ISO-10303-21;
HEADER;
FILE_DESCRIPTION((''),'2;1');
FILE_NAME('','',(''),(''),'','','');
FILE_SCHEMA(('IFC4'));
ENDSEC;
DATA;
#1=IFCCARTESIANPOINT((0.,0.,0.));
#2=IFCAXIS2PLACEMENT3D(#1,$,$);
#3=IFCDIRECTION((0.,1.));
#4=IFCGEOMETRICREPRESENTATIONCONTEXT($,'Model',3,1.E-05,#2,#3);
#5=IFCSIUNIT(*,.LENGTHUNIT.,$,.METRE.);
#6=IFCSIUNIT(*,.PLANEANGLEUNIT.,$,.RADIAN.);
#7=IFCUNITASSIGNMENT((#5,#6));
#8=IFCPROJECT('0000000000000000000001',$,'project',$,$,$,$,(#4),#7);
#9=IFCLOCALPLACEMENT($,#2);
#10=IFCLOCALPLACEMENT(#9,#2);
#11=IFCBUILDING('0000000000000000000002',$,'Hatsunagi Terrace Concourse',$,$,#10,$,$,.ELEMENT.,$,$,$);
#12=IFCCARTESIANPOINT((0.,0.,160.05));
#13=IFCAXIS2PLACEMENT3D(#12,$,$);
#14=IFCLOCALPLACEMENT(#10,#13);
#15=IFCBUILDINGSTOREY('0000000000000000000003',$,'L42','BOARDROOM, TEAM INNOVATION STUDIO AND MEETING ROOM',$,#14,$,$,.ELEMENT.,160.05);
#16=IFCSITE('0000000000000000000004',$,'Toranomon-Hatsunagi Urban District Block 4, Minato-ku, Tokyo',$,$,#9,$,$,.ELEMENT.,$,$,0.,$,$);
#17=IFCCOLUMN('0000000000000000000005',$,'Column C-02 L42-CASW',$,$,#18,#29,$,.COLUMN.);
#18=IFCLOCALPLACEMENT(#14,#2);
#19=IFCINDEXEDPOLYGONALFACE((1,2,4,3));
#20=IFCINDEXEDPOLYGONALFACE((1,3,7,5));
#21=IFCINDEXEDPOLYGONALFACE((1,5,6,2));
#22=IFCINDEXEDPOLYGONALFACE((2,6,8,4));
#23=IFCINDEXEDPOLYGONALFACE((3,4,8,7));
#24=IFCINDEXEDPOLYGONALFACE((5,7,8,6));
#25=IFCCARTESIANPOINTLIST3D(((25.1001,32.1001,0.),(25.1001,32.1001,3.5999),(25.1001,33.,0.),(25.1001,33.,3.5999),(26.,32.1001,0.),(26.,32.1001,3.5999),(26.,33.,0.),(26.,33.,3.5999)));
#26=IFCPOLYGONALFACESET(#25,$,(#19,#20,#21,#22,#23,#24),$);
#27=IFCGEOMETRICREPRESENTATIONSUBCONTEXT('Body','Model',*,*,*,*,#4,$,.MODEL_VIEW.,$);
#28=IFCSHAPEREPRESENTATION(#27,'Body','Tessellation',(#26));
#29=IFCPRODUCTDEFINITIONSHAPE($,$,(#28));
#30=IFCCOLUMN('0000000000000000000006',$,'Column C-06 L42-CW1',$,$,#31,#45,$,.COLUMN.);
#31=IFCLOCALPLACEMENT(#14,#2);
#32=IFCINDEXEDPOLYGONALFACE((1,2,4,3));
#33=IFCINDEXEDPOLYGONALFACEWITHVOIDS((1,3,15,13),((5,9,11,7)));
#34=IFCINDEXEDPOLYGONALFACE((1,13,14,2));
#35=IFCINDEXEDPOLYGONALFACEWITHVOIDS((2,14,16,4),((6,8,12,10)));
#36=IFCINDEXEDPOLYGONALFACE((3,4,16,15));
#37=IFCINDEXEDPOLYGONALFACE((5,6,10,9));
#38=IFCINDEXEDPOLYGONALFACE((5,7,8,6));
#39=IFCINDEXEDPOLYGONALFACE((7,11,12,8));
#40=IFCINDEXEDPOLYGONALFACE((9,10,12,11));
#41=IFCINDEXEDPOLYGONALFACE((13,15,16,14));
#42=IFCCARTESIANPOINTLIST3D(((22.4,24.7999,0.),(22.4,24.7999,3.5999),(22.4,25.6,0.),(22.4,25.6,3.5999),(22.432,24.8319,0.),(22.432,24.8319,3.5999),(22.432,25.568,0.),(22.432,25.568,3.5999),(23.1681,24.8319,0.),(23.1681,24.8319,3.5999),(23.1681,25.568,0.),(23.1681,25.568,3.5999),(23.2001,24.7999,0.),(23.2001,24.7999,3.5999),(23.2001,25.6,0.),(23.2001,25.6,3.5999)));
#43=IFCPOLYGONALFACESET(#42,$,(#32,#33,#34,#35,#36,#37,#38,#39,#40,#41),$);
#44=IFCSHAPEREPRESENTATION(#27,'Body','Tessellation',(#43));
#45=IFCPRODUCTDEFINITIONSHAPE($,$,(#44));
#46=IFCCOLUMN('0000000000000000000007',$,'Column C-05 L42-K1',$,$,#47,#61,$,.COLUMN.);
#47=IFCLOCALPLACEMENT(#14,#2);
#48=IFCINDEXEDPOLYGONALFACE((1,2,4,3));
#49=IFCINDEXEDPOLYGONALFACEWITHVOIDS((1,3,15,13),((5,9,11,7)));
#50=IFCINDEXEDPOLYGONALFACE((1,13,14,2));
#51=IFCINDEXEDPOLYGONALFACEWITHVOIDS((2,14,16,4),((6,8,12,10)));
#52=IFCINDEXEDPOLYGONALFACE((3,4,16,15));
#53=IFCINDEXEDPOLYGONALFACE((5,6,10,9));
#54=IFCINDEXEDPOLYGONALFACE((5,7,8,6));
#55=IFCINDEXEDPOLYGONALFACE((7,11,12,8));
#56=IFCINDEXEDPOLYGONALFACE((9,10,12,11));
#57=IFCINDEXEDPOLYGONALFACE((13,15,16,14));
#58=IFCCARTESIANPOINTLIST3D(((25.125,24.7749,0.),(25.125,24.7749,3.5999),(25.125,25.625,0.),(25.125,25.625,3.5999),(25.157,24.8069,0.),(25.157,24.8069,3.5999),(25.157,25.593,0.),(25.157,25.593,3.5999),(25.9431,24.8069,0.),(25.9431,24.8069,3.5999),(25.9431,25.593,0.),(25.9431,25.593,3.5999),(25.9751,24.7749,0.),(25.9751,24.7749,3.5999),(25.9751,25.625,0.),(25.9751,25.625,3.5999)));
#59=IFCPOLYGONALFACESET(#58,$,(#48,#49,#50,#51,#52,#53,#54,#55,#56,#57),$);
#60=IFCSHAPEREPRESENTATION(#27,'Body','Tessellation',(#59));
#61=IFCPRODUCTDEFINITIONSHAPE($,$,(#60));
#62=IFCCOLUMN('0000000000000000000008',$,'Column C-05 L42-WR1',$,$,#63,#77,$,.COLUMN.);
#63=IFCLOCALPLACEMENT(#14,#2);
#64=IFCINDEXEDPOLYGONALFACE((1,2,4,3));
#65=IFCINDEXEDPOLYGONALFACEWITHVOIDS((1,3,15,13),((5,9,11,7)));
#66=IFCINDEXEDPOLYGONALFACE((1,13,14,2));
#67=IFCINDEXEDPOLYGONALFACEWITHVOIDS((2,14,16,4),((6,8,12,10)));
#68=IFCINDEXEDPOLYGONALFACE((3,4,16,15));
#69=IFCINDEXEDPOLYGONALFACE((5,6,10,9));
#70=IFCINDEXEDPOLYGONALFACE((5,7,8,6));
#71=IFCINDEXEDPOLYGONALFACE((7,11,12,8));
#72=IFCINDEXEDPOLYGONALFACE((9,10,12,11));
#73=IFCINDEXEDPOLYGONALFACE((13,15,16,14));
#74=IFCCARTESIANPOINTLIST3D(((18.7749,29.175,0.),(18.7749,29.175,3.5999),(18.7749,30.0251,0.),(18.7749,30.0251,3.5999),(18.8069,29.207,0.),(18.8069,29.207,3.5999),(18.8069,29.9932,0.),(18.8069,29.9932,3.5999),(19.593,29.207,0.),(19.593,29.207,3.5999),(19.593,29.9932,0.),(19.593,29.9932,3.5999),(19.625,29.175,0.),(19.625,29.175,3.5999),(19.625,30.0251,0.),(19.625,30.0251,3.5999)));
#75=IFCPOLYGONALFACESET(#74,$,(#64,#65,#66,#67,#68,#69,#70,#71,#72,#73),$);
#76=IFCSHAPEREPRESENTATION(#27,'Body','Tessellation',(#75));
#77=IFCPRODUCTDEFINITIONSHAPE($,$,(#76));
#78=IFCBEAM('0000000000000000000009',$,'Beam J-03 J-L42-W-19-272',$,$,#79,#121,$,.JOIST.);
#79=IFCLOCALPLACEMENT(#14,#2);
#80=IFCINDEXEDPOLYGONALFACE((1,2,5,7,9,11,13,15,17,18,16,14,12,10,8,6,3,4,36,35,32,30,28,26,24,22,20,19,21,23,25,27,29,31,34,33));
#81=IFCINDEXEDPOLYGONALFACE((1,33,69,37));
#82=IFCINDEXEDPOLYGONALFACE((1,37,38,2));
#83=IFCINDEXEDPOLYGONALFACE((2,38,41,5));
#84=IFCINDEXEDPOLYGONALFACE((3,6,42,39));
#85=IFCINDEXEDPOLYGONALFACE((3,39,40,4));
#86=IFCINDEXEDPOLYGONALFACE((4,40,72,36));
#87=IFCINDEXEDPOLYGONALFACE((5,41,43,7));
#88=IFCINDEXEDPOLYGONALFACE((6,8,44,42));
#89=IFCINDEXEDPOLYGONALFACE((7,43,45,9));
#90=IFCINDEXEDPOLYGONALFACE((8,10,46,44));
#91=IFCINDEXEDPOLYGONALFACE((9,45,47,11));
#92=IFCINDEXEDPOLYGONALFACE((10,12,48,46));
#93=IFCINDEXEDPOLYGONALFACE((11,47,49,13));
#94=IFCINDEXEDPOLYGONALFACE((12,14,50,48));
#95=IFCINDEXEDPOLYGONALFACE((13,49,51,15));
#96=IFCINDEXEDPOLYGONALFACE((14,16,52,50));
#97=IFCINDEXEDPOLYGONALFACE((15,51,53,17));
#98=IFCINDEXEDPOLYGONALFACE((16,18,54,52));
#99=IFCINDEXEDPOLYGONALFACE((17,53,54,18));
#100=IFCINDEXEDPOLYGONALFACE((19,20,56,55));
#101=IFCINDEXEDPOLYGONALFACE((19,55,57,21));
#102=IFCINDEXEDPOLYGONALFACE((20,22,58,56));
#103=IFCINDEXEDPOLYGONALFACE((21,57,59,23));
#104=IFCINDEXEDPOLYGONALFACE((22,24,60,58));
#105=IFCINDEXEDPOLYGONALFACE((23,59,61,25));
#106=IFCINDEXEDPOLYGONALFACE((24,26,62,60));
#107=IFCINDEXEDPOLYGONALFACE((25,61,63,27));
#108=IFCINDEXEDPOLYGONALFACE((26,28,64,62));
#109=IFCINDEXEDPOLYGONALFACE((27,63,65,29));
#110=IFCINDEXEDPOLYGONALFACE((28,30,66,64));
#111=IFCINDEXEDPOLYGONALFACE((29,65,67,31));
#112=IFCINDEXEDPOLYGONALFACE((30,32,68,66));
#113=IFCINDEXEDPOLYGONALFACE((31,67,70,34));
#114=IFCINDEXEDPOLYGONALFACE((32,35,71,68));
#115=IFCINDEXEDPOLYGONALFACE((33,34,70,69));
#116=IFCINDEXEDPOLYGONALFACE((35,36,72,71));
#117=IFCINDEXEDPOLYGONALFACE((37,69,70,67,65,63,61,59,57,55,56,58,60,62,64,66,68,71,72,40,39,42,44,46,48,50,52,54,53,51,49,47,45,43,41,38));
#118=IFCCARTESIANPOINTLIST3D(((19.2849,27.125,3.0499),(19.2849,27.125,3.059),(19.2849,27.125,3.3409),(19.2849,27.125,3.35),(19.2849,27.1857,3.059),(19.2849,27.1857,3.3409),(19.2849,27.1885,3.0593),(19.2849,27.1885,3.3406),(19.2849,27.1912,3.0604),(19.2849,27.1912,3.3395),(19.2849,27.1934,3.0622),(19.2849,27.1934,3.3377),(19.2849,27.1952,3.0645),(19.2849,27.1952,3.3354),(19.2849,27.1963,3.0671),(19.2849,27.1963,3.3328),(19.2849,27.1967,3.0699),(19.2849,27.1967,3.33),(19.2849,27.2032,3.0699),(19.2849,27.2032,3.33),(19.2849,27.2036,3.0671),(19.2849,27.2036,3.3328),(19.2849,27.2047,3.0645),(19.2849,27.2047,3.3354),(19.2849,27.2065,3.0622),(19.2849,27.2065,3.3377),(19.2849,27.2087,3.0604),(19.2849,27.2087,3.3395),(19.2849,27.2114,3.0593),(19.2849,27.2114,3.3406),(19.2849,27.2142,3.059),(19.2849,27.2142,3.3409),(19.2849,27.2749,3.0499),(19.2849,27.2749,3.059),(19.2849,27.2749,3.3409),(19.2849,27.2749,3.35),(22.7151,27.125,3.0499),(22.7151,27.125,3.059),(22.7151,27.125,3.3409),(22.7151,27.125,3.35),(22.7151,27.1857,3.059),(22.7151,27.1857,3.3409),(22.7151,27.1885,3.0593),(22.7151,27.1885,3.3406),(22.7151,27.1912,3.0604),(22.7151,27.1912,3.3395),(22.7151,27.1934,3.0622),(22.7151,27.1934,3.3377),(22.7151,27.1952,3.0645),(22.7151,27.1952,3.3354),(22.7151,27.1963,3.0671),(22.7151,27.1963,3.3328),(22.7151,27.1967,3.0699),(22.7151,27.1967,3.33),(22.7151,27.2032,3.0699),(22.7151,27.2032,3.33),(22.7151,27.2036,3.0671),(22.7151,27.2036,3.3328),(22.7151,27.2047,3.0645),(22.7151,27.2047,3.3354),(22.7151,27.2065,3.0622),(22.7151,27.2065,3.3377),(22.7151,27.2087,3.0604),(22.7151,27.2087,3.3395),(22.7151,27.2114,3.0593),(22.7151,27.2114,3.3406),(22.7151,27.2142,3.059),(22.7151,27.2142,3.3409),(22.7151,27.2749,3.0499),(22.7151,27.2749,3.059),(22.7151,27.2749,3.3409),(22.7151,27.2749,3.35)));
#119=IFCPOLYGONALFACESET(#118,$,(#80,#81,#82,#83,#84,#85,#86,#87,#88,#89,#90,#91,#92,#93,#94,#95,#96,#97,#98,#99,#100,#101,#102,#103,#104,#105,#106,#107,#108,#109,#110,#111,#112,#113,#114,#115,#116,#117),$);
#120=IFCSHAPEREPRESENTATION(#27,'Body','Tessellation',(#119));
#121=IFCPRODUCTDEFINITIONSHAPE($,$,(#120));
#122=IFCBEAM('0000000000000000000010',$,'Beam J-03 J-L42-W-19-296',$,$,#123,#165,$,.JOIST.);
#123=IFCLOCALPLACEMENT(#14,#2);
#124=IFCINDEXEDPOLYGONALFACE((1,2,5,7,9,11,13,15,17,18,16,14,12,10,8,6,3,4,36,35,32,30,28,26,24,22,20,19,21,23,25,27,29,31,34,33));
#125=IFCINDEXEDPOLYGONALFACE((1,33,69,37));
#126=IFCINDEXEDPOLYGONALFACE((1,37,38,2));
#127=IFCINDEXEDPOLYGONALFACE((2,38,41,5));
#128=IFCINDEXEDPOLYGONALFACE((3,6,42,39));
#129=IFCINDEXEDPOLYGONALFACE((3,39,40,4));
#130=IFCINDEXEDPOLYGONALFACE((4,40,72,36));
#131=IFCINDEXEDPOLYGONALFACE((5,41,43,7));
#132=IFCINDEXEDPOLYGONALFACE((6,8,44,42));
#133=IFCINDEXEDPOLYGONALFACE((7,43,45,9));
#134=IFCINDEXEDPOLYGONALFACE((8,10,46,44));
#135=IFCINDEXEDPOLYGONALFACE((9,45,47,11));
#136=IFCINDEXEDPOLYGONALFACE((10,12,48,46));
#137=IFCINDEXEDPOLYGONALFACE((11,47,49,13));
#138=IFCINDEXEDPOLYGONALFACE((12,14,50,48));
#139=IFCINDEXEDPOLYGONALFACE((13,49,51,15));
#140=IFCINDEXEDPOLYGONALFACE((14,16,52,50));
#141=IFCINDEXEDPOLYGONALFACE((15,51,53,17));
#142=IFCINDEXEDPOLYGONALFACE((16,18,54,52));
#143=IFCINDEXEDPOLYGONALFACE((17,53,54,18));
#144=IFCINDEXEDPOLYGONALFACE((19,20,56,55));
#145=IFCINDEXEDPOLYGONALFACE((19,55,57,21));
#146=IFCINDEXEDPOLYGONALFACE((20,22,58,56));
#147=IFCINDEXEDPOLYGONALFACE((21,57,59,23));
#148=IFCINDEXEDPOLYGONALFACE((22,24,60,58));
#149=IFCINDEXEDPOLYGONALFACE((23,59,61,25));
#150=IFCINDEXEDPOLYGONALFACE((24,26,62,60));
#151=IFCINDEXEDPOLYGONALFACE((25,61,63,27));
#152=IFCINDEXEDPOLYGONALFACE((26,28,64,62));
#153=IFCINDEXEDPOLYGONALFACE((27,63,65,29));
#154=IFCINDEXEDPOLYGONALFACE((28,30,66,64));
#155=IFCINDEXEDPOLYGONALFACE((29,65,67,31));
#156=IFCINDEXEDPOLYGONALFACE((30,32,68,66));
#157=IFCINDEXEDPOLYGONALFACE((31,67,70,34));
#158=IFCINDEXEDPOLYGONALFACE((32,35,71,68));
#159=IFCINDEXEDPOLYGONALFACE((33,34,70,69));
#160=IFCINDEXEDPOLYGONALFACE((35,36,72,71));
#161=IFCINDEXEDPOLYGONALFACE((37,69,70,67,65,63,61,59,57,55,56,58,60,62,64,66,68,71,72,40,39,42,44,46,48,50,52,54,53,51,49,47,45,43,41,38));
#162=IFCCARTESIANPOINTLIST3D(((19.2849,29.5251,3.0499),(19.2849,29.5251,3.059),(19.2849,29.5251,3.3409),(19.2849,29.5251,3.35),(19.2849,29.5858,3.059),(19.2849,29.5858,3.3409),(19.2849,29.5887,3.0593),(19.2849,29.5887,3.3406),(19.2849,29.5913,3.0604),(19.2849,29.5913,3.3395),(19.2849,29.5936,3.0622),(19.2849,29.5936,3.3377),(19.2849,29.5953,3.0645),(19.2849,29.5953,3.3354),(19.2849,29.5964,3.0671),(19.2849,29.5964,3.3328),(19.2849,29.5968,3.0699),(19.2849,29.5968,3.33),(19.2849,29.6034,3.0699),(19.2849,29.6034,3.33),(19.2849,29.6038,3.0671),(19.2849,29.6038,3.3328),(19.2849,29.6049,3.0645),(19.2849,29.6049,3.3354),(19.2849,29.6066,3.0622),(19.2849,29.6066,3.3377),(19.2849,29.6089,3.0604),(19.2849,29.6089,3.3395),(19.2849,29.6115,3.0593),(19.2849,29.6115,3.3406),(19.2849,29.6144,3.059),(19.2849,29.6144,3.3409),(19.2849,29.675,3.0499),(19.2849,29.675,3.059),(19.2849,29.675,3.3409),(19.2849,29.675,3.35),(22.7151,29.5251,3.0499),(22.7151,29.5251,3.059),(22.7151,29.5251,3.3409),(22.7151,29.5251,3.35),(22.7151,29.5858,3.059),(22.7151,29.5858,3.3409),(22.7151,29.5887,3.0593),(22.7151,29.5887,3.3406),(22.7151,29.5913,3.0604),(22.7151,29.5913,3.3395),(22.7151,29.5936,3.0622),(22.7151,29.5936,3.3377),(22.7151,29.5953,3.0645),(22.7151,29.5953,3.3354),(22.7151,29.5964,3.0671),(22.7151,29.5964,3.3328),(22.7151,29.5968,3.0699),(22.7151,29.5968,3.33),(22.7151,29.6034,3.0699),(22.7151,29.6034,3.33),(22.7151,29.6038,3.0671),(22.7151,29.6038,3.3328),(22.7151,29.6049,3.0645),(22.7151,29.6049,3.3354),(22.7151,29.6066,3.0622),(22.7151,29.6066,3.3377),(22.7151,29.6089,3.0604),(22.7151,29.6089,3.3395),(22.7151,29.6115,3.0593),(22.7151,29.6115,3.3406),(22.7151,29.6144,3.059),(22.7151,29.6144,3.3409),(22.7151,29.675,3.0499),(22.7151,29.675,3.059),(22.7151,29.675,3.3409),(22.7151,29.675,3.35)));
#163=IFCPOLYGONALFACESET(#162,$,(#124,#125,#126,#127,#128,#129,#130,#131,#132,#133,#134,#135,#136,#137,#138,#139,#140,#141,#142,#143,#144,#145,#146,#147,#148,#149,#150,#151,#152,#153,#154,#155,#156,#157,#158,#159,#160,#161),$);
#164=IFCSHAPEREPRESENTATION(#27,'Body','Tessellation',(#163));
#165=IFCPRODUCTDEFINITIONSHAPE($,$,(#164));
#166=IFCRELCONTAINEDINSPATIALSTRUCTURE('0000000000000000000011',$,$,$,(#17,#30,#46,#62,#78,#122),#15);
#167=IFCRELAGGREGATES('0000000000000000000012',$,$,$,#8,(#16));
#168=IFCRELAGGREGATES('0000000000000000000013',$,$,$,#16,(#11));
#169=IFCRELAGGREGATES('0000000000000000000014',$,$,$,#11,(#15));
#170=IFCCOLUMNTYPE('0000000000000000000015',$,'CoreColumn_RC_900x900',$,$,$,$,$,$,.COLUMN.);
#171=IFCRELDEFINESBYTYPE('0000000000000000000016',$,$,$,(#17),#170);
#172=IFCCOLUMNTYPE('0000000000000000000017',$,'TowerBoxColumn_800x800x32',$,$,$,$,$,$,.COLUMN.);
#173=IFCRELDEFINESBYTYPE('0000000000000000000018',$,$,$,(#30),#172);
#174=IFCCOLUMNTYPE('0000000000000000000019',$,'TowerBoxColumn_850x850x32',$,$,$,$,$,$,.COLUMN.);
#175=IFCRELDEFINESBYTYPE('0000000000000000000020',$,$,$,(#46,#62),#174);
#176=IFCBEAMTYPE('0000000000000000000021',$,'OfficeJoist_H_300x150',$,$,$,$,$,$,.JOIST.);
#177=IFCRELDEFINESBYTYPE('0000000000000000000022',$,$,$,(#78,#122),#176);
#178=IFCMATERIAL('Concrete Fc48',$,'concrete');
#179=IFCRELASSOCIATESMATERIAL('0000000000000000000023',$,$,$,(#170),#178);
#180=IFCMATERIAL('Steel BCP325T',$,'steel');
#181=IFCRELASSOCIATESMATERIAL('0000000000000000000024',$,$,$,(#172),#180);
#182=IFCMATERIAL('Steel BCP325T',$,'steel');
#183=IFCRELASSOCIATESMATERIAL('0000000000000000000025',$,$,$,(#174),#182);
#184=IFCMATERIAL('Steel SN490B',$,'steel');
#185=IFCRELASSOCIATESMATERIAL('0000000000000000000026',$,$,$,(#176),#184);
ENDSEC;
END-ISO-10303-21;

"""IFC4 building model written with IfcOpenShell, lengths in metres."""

from ifc_helpers import new_model, si_unit, direction, frame, origin, origin_2d, place, context, subcontext, project, spatial, rectangle, hollow_rectangle, i_section, extrude, material, material_profile, profile_set, type_object, element, save


model = new_model("IFC4")

# Units and contexts
model_context = context("Model", 3, precision=1e-05, world=origin(), true_north=direction((0.0, 1.0)))
body_context = subcontext(model_context, "Body", "Model", "MODEL_VIEW")
ifc_project = project(units=[si_unit("LENGTHUNIT", "METRE"), si_unit("PLANEANGLEUNIT", "RADIAN")], contexts=[model_context])

# Site, building, storey
site_placement = place(None, origin())
site = spatial("IfcSite", under=ifc_project, at=site_placement, Name="Toranomon-Hatsunagi Urban District Block 4, Minato-ku, Tokyo", CompositionType="ELEMENT", RefElevation=0.0)
building_placement = place(site_placement, origin())
building = spatial("IfcBuilding", under=site, at=building_placement, Name="Hatsunagi Terrace Concourse", CompositionType="ELEMENT")
storey_placement = place(building_placement, frame((0.0, 0.0, 160.05)))
storey = spatial("IfcBuildingStorey", under=building, at=storey_placement, Name="L42", Description="BOARDROOM, TEAM INNOVATION STUDIO AND MEETING ROOM", CompositionType="ELEMENT", Elevation=160.05)

# Columns
ifc_material_1 = material(Name="Concrete Fc48", Category="concrete")
ifc_material_profile_1 = material_profile(ifc_material_1, rectangle(XDim=0.8999, YDim=0.8999, at=origin_2d()), Name="RC-900x900")
ifc_profile_set_1 = profile_set([ifc_material_profile_1], Name="Concrete Fc48")
column_type_1 = type_object("IfcColumnType", Name="CoreColumn_RC_900x900", PredefinedType="COLUMN", material=ifc_profile_set_1)
column_1_placement = place(storey_placement, frame((25.55, 32.55, 0.0), z_axis=(0.0, 0.0, 1.0), x_axis=(1.0, 0.0, 0.0)))
element("IfcColumn", 1, at=column_1_placement, inside=storey, type_object=column_type_1, Name="Column C-02 L42-CASW", PredefinedType="COLUMN", context=body_context, shape_type="SweptSolid", body=[
    extrude(rectangle(XDim=0.8999, YDim=0.8999, at=origin_2d()), origin(), (0.0, 0.0, 1.0), 3.5999),
])
ifc_material_2 = material(Name="Steel BCP325T", Category="steel")
ifc_material_profile_2 = material_profile(ifc_material_2, hollow_rectangle(XDim=0.8, YDim=0.8, WallThickness=0.032, at=origin_2d()), Name="BCP-800x800x32")
ifc_profile_set_2 = profile_set([ifc_material_profile_2], Name="Steel BCP325T")
column_type_2 = type_object("IfcColumnType", Name="TowerBoxColumn_800x800x32", PredefinedType="COLUMN", material=ifc_profile_set_2)
column_2_placement = place(storey_placement, frame((22.8, 25.2, 0.0), z_axis=(0.0, 0.0, 1.0), x_axis=(1.0, 0.0, 0.0)))
element("IfcColumn", 2, at=column_2_placement, inside=storey, type_object=column_type_2, Name="Column C-06 L42-CW1", PredefinedType="COLUMN", context=body_context, shape_type="SweptSolid", body=[
    extrude(hollow_rectangle(XDim=0.8, YDim=0.8, WallThickness=0.032, at=origin_2d()), origin(), (0.0, 0.0, 1.0), 3.5999),
])
ifc_material_3 = material(Name="Steel BCP325T", Category="steel")
ifc_material_profile_3 = material_profile(ifc_material_3, hollow_rectangle(XDim=0.8501, YDim=0.8501, WallThickness=0.032, at=origin_2d()), Name="BCP-850x850x32")
ifc_profile_set_3 = profile_set([ifc_material_profile_3], Name="Steel BCP325T")
column_type_3 = type_object("IfcColumnType", Name="TowerBoxColumn_850x850x32", PredefinedType="COLUMN", material=ifc_profile_set_3)
for number, where, z_axis, x_axis, name in (
    (3, (25.55, 25.2, 0.0), (0.0, 0.0, 1.0), (1.0, 0.0, 0.0), "Column C-05 L42-K1"),
    (4, (19.2, 29.6001, 0.0), (0.0, 0.0, 1.0), (1.0, 0.0, 0.0), "Column C-05 L42-WR1"),
):
    element("IfcColumn", number, at=place(storey_placement, frame(where, z_axis=z_axis, x_axis=x_axis)), inside=storey, type_object=column_type_3, Name=name, PredefinedType="COLUMN", context=body_context, shape_type="SweptSolid", body=[
        extrude(hollow_rectangle(XDim=0.8501, YDim=0.8501, WallThickness=0.032, at=origin_2d()), origin(), (0.0, 0.0, 1.0), 3.5999),
    ])

# Beams
ifc_material_4 = material(Name="Steel SN490B", Category="steel")
ifc_material_profile_4 = material_profile(ifc_material_4, i_section(OverallWidth=0.1499, OverallDepth=0.3, WebThickness=0.0066, FlangeThickness=0.009, FilletRadius=0.011, at=origin_2d()), Name="H-300x150x6.5x9")
ifc_profile_set_4 = profile_set([ifc_material_profile_4], Name="Steel SN490B")
beam_type_1 = type_object("IfcBeamType", Name="OfficeJoist_H_300x150", PredefinedType="JOIST", material=ifc_profile_set_4)
for number, where, z_axis, x_axis, name in (
    (5, (19.2849, 27.2, 3.2), (1.0, 0.0, 0.0), (0.0, 1.0, 0.0), "Beam J-03 J-L42-W-19-272"),
    (6, (19.2849, 29.6001, 3.2), (1.0, 0.0, 0.0), (0.0, 1.0, 0.0), "Beam J-03 J-L42-W-19-296"),
):
    element("IfcBeam", number, at=place(storey_placement, frame(where, z_axis=z_axis, x_axis=x_axis)), inside=storey, type_object=beam_type_1, Name=name, PredefinedType="JOIST", context=body_context, shape_type="SweptSolid", body=[
        extrude(i_section(OverallWidth=0.1499, OverallDepth=0.3, WebThickness=0.0066, FlangeThickness=0.009, FilletRadius=0.011, at=origin_2d()), origin(), (0.0, 0.0, 1.0), 3.4302),
    ])

save(model, "model.ifc")
